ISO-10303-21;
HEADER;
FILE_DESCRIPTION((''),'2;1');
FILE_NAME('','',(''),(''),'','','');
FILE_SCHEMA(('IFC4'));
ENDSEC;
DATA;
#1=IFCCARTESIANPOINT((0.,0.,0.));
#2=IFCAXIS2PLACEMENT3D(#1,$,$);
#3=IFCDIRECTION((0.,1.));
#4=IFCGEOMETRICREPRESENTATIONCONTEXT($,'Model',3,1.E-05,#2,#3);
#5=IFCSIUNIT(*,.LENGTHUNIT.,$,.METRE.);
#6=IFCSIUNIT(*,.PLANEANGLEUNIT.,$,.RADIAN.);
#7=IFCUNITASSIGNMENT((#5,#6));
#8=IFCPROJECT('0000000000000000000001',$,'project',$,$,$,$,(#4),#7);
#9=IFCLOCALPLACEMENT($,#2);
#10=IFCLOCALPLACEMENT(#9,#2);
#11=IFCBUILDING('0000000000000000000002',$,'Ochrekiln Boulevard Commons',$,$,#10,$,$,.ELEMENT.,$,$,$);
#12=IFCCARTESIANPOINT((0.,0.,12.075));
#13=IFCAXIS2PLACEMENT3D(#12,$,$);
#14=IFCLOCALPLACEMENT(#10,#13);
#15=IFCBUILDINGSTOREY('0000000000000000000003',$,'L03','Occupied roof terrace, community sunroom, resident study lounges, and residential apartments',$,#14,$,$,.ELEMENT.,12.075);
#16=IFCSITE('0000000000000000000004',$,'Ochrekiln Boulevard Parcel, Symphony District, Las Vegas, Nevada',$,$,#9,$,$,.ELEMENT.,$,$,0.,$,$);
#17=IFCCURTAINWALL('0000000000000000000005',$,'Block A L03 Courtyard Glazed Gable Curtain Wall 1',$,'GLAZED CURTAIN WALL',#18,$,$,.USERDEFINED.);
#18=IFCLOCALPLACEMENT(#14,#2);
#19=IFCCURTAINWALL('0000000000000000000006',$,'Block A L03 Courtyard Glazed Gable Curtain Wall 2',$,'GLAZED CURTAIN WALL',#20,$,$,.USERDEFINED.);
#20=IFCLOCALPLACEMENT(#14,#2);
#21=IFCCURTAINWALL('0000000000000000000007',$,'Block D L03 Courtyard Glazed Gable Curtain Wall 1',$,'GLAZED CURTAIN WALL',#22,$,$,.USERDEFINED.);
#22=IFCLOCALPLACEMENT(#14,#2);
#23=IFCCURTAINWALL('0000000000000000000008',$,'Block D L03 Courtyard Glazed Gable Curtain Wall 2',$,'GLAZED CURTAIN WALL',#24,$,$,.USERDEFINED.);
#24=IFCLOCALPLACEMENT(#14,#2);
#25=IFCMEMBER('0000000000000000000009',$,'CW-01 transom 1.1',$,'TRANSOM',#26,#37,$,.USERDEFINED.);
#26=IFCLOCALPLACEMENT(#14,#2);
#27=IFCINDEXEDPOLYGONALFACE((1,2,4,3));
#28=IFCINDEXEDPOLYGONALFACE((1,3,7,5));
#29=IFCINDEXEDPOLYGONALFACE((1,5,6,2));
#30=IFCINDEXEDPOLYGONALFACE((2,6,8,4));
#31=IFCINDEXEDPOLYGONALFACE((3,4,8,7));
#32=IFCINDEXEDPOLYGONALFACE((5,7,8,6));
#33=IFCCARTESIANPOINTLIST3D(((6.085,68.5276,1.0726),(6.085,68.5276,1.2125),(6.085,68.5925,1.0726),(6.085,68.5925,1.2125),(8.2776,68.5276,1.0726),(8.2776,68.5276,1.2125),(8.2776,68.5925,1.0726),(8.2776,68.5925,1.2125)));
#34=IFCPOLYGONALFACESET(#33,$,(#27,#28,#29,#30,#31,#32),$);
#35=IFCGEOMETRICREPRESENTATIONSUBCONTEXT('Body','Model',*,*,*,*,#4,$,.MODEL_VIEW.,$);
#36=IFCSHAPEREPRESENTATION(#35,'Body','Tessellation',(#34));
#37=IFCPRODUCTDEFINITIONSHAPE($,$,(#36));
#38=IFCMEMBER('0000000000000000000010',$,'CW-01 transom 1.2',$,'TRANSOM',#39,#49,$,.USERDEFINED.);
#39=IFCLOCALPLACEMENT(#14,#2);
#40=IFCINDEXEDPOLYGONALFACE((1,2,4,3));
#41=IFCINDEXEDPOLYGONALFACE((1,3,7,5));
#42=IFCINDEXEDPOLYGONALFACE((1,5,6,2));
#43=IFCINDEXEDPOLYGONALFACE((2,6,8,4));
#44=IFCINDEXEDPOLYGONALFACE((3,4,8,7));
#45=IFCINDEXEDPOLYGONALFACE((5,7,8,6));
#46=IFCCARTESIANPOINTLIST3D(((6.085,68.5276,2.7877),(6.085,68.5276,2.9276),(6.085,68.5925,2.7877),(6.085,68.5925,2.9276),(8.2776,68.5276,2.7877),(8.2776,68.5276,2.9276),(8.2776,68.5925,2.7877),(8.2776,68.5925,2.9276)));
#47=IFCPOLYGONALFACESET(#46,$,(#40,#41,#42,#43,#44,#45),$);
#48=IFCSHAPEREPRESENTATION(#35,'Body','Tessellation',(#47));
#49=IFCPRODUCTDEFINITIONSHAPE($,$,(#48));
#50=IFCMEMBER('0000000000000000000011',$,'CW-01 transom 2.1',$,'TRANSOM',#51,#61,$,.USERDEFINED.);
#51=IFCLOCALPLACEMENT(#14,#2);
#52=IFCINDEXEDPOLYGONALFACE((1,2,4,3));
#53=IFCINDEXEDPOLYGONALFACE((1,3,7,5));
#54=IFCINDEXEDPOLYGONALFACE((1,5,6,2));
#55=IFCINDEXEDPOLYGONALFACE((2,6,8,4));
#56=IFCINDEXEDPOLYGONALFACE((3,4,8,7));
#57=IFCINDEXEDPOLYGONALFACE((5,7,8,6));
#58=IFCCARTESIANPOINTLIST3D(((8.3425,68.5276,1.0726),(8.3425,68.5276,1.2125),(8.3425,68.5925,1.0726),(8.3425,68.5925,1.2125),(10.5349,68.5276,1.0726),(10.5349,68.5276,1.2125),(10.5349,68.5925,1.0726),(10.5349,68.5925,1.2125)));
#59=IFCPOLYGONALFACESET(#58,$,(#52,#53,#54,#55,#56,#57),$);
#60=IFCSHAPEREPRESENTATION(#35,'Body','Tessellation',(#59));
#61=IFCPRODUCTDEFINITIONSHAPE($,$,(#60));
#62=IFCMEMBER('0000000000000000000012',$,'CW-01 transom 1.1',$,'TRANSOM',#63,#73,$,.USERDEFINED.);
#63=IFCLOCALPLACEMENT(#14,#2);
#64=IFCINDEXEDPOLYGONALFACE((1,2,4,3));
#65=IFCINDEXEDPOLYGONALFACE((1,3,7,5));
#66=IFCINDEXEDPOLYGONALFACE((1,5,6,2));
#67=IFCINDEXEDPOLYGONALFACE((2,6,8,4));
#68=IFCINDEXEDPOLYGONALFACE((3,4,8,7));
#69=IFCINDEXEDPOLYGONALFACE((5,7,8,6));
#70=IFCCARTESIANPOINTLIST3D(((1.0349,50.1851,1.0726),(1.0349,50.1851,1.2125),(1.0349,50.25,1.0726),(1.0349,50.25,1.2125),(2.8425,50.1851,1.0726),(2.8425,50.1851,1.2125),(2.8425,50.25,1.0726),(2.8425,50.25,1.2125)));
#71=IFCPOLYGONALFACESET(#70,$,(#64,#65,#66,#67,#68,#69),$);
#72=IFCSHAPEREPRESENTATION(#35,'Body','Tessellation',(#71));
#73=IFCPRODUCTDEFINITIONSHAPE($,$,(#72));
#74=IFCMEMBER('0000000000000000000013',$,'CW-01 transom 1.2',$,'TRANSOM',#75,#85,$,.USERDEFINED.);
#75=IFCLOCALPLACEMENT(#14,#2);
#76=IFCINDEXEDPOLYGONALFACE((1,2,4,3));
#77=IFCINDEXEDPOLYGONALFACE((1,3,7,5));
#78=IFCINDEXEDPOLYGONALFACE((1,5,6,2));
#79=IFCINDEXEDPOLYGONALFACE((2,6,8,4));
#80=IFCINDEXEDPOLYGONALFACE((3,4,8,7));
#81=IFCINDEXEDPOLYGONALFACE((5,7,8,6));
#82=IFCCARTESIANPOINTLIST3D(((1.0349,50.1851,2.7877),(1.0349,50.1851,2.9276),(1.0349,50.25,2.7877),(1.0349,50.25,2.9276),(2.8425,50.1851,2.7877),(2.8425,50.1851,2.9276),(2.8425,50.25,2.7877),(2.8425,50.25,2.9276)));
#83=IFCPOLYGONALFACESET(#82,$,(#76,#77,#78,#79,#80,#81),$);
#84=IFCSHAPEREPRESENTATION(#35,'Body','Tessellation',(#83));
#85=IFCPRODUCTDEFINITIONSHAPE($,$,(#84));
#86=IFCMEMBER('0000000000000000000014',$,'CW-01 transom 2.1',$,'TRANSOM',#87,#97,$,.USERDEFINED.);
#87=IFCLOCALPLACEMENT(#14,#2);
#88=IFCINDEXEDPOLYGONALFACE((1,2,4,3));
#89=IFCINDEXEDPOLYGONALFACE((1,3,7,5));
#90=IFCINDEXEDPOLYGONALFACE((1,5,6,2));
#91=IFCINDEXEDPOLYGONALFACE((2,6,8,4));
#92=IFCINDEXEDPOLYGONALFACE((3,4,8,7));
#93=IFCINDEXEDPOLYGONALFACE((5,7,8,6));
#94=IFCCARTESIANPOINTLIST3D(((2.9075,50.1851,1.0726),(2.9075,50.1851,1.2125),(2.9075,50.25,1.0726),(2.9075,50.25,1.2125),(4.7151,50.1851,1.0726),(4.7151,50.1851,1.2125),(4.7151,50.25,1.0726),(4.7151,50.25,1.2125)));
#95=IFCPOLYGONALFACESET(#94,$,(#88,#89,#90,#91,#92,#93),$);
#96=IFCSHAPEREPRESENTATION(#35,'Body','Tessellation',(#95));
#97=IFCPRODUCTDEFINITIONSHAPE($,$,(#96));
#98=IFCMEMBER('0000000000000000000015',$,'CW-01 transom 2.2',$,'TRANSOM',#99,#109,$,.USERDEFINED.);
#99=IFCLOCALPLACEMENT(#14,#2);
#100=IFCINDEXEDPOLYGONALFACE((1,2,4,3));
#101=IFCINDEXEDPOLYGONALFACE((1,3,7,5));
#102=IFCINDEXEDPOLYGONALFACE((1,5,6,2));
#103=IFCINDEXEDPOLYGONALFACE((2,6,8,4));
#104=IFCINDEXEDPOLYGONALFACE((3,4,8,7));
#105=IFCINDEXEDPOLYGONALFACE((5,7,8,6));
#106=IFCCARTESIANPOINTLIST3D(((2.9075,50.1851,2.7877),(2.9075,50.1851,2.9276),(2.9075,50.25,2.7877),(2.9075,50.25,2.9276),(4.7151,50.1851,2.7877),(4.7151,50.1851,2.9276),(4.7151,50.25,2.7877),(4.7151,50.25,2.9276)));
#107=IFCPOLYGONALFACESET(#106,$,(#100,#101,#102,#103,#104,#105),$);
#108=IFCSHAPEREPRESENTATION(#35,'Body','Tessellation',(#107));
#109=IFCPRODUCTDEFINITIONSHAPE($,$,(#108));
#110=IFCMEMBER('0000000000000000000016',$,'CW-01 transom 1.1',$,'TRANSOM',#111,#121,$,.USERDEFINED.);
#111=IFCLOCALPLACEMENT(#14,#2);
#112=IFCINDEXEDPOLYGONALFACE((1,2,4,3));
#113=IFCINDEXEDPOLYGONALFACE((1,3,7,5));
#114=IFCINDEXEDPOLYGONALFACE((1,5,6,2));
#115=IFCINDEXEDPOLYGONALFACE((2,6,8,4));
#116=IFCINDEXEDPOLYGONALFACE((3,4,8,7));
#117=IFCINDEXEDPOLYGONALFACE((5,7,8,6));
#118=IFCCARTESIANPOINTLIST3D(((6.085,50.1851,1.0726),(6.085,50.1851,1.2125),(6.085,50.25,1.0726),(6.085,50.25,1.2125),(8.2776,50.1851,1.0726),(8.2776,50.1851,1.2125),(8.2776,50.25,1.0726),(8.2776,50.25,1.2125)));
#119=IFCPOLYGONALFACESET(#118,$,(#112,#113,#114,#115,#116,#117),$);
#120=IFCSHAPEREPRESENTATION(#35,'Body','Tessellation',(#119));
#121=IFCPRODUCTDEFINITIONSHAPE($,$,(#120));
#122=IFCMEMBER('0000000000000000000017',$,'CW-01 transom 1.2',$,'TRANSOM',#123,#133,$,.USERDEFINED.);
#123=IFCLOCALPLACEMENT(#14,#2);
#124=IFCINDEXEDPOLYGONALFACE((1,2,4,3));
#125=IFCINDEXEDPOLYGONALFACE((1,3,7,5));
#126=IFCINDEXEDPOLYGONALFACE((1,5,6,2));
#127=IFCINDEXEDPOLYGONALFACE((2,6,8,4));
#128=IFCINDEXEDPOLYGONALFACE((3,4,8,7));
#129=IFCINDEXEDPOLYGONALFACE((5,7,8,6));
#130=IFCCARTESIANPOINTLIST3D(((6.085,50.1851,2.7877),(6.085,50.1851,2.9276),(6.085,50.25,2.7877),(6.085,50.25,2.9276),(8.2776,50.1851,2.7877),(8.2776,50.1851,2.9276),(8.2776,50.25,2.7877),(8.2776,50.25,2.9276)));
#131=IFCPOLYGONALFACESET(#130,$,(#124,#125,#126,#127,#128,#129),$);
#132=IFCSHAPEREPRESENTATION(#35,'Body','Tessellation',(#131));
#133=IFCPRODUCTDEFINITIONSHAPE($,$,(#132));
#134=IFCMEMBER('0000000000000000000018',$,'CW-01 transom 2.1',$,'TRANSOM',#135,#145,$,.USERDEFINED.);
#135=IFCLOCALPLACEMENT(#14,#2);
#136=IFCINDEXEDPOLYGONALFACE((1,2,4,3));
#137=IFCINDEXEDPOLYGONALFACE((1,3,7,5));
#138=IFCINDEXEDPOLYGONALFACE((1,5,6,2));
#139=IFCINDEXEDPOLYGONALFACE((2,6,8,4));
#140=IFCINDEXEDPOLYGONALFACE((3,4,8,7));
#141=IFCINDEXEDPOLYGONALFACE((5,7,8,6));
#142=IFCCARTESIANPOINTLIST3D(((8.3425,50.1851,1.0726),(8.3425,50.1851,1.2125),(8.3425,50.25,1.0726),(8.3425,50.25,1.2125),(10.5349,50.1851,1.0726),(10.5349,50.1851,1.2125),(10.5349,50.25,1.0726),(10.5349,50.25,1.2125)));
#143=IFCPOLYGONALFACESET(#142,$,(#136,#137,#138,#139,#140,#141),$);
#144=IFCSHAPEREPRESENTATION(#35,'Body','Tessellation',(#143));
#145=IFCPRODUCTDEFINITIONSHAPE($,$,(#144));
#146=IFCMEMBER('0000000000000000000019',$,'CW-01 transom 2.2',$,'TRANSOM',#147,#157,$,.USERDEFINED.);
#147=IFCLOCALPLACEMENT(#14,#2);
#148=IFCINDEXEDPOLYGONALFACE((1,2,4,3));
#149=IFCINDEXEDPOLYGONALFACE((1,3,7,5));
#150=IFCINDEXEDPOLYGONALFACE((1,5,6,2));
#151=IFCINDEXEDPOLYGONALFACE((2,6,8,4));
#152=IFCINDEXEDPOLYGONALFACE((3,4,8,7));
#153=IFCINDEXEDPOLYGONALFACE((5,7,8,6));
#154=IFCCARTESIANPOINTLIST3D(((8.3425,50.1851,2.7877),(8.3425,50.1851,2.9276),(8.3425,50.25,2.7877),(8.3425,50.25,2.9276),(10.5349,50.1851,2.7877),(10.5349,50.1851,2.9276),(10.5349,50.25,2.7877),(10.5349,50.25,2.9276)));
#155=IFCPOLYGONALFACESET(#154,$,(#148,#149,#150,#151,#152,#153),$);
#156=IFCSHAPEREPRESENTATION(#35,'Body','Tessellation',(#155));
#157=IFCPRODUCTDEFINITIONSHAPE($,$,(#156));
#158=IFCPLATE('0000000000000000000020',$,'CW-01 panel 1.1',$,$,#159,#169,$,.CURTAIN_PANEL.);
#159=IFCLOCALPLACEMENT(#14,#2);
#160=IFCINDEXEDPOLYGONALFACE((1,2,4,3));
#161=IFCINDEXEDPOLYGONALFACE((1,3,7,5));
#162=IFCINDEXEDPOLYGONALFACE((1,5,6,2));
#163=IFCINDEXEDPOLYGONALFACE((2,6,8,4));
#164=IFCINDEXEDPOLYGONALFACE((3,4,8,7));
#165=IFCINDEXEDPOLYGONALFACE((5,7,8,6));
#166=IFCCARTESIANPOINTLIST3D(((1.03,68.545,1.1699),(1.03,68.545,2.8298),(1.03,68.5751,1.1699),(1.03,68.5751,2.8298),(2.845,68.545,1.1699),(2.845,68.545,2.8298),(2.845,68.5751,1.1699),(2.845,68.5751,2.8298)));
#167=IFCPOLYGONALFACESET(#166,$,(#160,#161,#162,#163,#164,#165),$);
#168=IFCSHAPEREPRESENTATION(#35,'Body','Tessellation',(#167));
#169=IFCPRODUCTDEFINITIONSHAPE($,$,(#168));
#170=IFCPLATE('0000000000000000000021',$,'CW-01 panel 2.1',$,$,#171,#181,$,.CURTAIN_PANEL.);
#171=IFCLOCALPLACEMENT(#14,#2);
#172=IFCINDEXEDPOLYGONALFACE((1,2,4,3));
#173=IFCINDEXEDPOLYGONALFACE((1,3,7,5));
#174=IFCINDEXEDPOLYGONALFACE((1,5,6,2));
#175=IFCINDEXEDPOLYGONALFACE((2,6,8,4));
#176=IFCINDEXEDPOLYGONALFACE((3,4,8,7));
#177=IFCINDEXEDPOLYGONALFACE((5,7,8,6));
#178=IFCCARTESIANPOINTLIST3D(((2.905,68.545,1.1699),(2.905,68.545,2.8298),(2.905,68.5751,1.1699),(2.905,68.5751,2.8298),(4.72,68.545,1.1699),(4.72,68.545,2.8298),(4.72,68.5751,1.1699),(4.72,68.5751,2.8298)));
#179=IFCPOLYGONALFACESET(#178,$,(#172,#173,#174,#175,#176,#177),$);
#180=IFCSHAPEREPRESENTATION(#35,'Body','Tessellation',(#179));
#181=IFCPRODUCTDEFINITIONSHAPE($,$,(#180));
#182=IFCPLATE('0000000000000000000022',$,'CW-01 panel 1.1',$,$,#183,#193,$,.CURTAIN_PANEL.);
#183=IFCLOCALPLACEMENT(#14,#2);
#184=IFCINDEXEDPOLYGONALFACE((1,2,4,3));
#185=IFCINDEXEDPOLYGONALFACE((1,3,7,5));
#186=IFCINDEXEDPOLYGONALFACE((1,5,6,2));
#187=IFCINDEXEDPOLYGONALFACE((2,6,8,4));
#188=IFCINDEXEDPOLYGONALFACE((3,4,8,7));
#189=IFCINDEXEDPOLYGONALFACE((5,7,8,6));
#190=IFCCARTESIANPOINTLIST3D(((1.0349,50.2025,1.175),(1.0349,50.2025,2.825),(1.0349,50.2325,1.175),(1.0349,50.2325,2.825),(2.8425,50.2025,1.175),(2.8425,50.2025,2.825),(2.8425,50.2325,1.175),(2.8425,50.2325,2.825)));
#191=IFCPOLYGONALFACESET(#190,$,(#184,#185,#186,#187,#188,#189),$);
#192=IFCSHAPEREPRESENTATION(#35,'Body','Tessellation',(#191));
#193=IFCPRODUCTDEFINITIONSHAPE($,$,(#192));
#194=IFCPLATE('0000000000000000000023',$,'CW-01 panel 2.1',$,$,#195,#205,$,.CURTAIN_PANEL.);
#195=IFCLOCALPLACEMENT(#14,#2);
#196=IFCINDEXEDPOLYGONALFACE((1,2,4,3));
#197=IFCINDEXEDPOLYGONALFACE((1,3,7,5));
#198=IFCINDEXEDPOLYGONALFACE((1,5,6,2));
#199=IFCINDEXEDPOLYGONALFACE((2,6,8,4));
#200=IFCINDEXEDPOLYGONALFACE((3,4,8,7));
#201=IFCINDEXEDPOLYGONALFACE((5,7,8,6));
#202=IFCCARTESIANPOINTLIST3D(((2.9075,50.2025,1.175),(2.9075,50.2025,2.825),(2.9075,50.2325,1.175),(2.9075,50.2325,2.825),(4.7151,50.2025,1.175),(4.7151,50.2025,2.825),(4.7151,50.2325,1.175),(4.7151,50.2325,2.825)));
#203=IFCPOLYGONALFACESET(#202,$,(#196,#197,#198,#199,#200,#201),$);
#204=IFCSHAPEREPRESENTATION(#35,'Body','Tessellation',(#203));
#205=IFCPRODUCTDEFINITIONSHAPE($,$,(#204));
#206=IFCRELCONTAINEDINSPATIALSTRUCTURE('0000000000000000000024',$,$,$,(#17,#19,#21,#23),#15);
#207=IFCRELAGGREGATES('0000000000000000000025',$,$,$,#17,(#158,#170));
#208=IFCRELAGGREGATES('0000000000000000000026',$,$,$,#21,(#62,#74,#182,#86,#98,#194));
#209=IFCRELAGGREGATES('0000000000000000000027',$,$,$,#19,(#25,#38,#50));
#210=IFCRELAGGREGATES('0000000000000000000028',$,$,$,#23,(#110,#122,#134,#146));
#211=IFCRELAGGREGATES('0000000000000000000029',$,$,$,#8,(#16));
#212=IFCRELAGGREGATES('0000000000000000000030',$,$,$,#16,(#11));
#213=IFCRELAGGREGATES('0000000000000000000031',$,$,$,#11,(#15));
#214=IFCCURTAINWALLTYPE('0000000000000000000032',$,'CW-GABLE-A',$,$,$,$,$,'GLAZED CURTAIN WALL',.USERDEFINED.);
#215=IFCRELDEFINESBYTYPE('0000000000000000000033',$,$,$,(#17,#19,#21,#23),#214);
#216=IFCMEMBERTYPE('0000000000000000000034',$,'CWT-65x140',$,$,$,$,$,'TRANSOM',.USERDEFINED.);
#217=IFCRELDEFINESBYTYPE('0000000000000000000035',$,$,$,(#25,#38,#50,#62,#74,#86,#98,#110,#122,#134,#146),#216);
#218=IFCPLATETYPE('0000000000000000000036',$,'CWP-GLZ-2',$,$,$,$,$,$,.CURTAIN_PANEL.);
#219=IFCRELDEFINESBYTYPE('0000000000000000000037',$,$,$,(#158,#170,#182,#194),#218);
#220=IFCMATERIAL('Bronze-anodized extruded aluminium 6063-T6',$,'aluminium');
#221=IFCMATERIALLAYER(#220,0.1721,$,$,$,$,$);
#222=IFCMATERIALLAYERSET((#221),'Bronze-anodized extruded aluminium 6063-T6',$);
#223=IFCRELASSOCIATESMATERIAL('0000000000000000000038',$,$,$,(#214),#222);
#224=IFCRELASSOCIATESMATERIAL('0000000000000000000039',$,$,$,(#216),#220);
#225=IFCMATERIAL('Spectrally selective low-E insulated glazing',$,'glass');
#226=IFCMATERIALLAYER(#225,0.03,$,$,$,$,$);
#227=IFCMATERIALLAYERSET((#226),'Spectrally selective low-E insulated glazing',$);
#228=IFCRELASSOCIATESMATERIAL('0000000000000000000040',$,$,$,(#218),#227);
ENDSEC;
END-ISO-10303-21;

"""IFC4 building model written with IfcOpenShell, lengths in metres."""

from ifc_helpers import new_model, si_unit, direction, frame, origin, origin_2d, place, context, subcontext, project, spatial, rectangle, extrude, material, layer, layer_set, material_profile, profile_set, type_object, element, aggregate, save


model = new_model("IFC4")

# Units and contexts
model_context = context("Model", 3, precision=1e-05, world=origin(), true_north=direction((0.0, 1.0)))
body_context = subcontext(model_context, "Body", "Model", "MODEL_VIEW")
ifc_project = project(units=[si_unit("LENGTHUNIT", "METRE"), si_unit("PLANEANGLEUNIT", "RADIAN")], contexts=[model_context])

# Site, building, storey
site_placement = place(None, origin())
site = spatial("IfcSite", under=ifc_project, at=site_placement, Name="Ochrekiln Boulevard Parcel, Symphony District, Las Vegas, Nevada", CompositionType="ELEMENT", RefElevation=0.0)
building_placement = place(site_placement, origin())
building = spatial("IfcBuilding", under=site, at=building_placement, Name="Ochrekiln Boulevard Commons", CompositionType="ELEMENT")
storey_placement = place(building_placement, frame((0.0, 0.0, 12.075)))
storey = spatial("IfcBuildingStorey", under=building, at=storey_placement, Name="L03", Description="Occupied roof terrace, community sunroom, resident study lounges, and residential apartments", CompositionType="ELEMENT", Elevation=12.075)

# Curtain walls
ifc_material_1 = material(Name="Bronze-anodized extruded aluminium 6063-T6", Category="aluminium")
ifc_layer_1 = layer(ifc_material_1, 0.1721)
ifc_layer_set_1 = layer_set([ifc_layer_1], Name="Bronze-anodized extruded aluminium 6063-T6")
curtain_wall_type = type_object("IfcCurtainWallType", Name="CW-GABLE-A", ElementType="GLAZED CURTAIN WALL", PredefinedType="USERDEFINED", material=ifc_layer_set_1)
curtain_wall_1_placement = place(storey_placement, origin())
curtain_wall_1 = element("IfcCurtainWall", 1, at=curtain_wall_1_placement, inside=storey, type_object=curtain_wall_type, Name="Block A L03 Courtyard Glazed Gable Curtain Wall 1", ObjectType="GLAZED CURTAIN WALL", PredefinedType="USERDEFINED")
curtain_wall_2_placement = place(storey_placement, origin())
curtain_wall_2 = element("IfcCurtainWall", 2, at=curtain_wall_2_placement, inside=storey, type_object=curtain_wall_type, Name="Block A L03 Courtyard Glazed Gable Curtain Wall 2", ObjectType="GLAZED CURTAIN WALL", PredefinedType="USERDEFINED")
curtain_wall_3_placement = place(storey_placement, origin())
curtain_wall_3 = element("IfcCurtainWall", 3, at=curtain_wall_3_placement, inside=storey, type_object=curtain_wall_type, Name="Block D L03 Courtyard Glazed Gable Curtain Wall 1", ObjectType="GLAZED CURTAIN WALL", PredefinedType="USERDEFINED")
curtain_wall_4_placement = place(storey_placement, origin())
curtain_wall_4 = element("IfcCurtainWall", 4, at=curtain_wall_4_placement, inside=storey, type_object=curtain_wall_type, Name="Block D L03 Courtyard Glazed Gable Curtain Wall 2", ObjectType="GLAZED CURTAIN WALL", PredefinedType="USERDEFINED")

# Members
ifc_material_profile_1 = material_profile(ifc_material_1, rectangle(XDim=0.0649, YDim=0.1399, at=origin_2d()), Name="ALU-TRN-65x140")
ifc_profile_set_1 = profile_set([ifc_material_profile_1], Name="Bronze-anodized extruded aluminium 6063-T6")
member_type_1 = type_object("IfcMemberType", Name="CWT-65x140", ElementType="TRANSOM", PredefinedType="USERDEFINED", material=ifc_profile_set_1)
member_1_placement = place(storey_placement, frame((6.085, 68.5601, 1.1426), z_axis=(1.0, 0.0, 0.0), x_axis=(0.0, 1.0, 0.0)))
member_1 = element("IfcMember", 5, at=member_1_placement, type_object=member_type_1, Name="CW-01 transom 1.1", ObjectType="TRANSOM", PredefinedType="USERDEFINED", context=body_context, shape_type="SweptSolid", body=[
    extrude(rectangle(XDim=0.0649, YDim=0.1399, at=origin_2d()), origin(), (0.0, 0.0, 1.0), 2.1926),
])
member_2_placement = place(storey_placement, frame((6.085, 68.5601, 2.8577), z_axis=(1.0, 0.0, 0.0), x_axis=(0.0, 1.0, 0.0)))
member_2 = element("IfcMember", 6, at=member_2_placement, type_object=member_type_1, Name="CW-01 transom 1.2", ObjectType="TRANSOM", PredefinedType="USERDEFINED", context=body_context, shape_type="SweptSolid", body=[
    extrude(rectangle(XDim=0.0649, YDim=0.1399, at=origin_2d()), origin(), (0.0, 0.0, 1.0), 2.1926),
])
member_3_placement = place(storey_placement, frame((8.3425, 68.5601, 1.1426), z_axis=(1.0, 0.0, 0.0), x_axis=(0.0, 1.0, 0.0)))
member_3 = element("IfcMember", 7, at=member_3_placement, type_object=member_type_1, Name="CW-01 transom 2.1", ObjectType="TRANSOM", PredefinedType="USERDEFINED", context=body_context, shape_type="SweptSolid", body=[
    extrude(rectangle(XDim=0.0649, YDim=0.1399, at=origin_2d()), origin(), (0.0, 0.0, 1.0), 2.1924),
])
member_4_placement = place(storey_placement, frame((1.0349, 50.2175, 1.1426), z_axis=(1.0, 0.0, 0.0), x_axis=(0.0, 1.0, 0.0)))
member_4 = element("IfcMember", 8, at=member_4_placement, type_object=member_type_1, Name="CW-01 transom 1.1", ObjectType="TRANSOM", PredefinedType="USERDEFINED", context=body_context, shape_type="SweptSolid", body=[
    extrude(rectangle(XDim=0.0649, YDim=0.1399, at=origin_2d()), origin(), (0.0, 0.0, 1.0), 1.8076),
])
member_5_placement = place(storey_placement, frame((1.0349, 50.2175, 2.8577), z_axis=(1.0, 0.0, 0.0), x_axis=(0.0, 1.0, 0.0)))
member_5 = element("IfcMember", 9, at=member_5_placement, type_object=member_type_1, Name="CW-01 transom 1.2", ObjectType="TRANSOM", PredefinedType="USERDEFINED", context=body_context, shape_type="SweptSolid", body=[
    extrude(rectangle(XDim=0.0649, YDim=0.1399, at=origin_2d()), origin(), (0.0, 0.0, 1.0), 1.8076),
])
member_6_placement = place(storey_placement, frame((2.9075, 50.2175, 1.1426), z_axis=(1.0, 0.0, 0.0), x_axis=(0.0, 1.0, 0.0)))
member_6 = element("IfcMember", 10, at=member_6_placement, type_object=member_type_1, Name="CW-01 transom 2.1", ObjectType="TRANSOM", PredefinedType="USERDEFINED", context=body_context, shape_type="SweptSolid", body=[
    extrude(rectangle(XDim=0.0649, YDim=0.1399, at=origin_2d()), origin(), (0.0, 0.0, 1.0), 1.8076),
])
member_7_placement = place(storey_placement, frame((2.9075, 50.2175, 2.8577), z_axis=(1.0, 0.0, 0.0), x_axis=(0.0, 1.0, 0.0)))
member_7 = element("IfcMember", 11, at=member_7_placement, type_object=member_type_1, Name="CW-01 transom 2.2", ObjectType="TRANSOM", PredefinedType="USERDEFINED", context=body_context, shape_type="SweptSolid", body=[
    extrude(rectangle(XDim=0.0649, YDim=0.1399, at=origin_2d()), origin(), (0.0, 0.0, 1.0), 1.8076),
])
member_8_placement = place(storey_placement, frame((6.085, 50.2175, 1.1426), z_axis=(1.0, 0.0, 0.0), x_axis=(0.0, 1.0, 0.0)))
member_8 = element("IfcMember", 12, at=member_8_placement, type_object=member_type_1, Name="CW-01 transom 1.1", ObjectType="TRANSOM", PredefinedType="USERDEFINED", context=body_context, shape_type="SweptSolid", body=[
    extrude(rectangle(XDim=0.0649, YDim=0.1399, at=origin_2d()), origin(), (0.0, 0.0, 1.0), 2.1926),
])
member_9_placement = place(storey_placement, frame((6.085, 50.2175, 2.8577), z_axis=(1.0, 0.0, 0.0), x_axis=(0.0, 1.0, 0.0)))
member_9 = element("IfcMember", 13, at=member_9_placement, type_object=member_type_1, Name="CW-01 transom 1.2", ObjectType="TRANSOM", PredefinedType="USERDEFINED", context=body_context, shape_type="SweptSolid", body=[
    extrude(rectangle(XDim=0.0649, YDim=0.1399, at=origin_2d()), origin(), (0.0, 0.0, 1.0), 2.1926),
])
member_10_placement = place(storey_placement, frame((8.3425, 50.2175, 1.1426), z_axis=(1.0, 0.0, 0.0), x_axis=(0.0, 1.0, 0.0)))
member_10 = element("IfcMember", 14, at=member_10_placement, type_object=member_type_1, Name="CW-01 transom 2.1", ObjectType="TRANSOM", PredefinedType="USERDEFINED", context=body_context, shape_type="SweptSolid", body=[
    extrude(rectangle(XDim=0.0649, YDim=0.1399, at=origin_2d()), origin(), (0.0, 0.0, 1.0), 2.1924),
])
member_11_placement = place(storey_placement, frame((8.3425, 50.2175, 2.8577), z_axis=(1.0, 0.0, 0.0), x_axis=(0.0, 1.0, 0.0)))
member_11 = element("IfcMember", 15, at=member_11_placement, type_object=member_type_1, Name="CW-01 transom 2.2", ObjectType="TRANSOM", PredefinedType="USERDEFINED", context=body_context, shape_type="SweptSolid", body=[
    extrude(rectangle(XDim=0.0649, YDim=0.1399, at=origin_2d()), origin(), (0.0, 0.0, 1.0), 2.1924),
])

# Plates
ifc_material_2 = material(Name="Spectrally selective low-E insulated glazing", Category="glass")
ifc_layer_2 = layer(ifc_material_2, 0.03)
ifc_layer_set_2 = layer_set([ifc_layer_2], Name="Spectrally selective low-E insulated glazing")
plate_type_1 = type_object("IfcPlateType", Name="CWP-GLZ-2", PredefinedType="CURTAIN_PANEL", material=ifc_layer_set_2)
plate_1_placement = place(storey_placement, frame((1.9375, 68.5601, 1.1699), z_axis=(0.0, 0.0, 1.0), x_axis=(1.0, 0.0, 0.0)))
plate_1 = element("IfcPlate", 16, at=plate_1_placement, type_object=plate_type_1, Name="CW-01 panel 1.1", PredefinedType="CURTAIN_PANEL", context=body_context, shape_type="SweptSolid", body=[
    extrude(rectangle(XDim=1.8149, YDim=0.03, at=origin_2d()), origin(), (0.0, 0.0, 1.0), 1.6599),
])
plate_2_placement = place(storey_placement, frame((3.8125, 68.5601, 1.1699), z_axis=(0.0, 0.0, 1.0), x_axis=(1.0, 0.0, 0.0)))
plate_2 = element("IfcPlate", 17, at=plate_2_placement, type_object=plate_type_1, Name="CW-01 panel 2.1", PredefinedType="CURTAIN_PANEL", context=body_context, shape_type="SweptSolid", body=[
    extrude(rectangle(XDim=1.8149, YDim=0.03, at=origin_2d()), origin(), (0.0, 0.0, 1.0), 1.6599),
])
aggregate(curtain_wall_1, [plate_1, plate_2])
plate_3_placement = place(storey_placement, frame((1.9387, 50.2175, 1.175), z_axis=(0.0, 0.0, 1.0), x_axis=(1.0, 0.0, 0.0)))
plate_3 = element("IfcPlate", 18, at=plate_3_placement, type_object=plate_type_1, Name="CW-01 panel 1.1", PredefinedType="CURTAIN_PANEL", context=body_context, shape_type="SweptSolid", body=[
    extrude(rectangle(XDim=1.8076, YDim=0.03, at=origin_2d()), origin(), (0.0, 0.0, 1.0), 1.6499),
])
plate_4_placement = place(storey_placement, frame((3.8113, 50.2175, 1.175), z_axis=(0.0, 0.0, 1.0), x_axis=(1.0, 0.0, 0.0)))
plate_4 = element("IfcPlate", 19, at=plate_4_placement, type_object=plate_type_1, Name="CW-01 panel 2.1", PredefinedType="CURTAIN_PANEL", context=body_context, shape_type="SweptSolid", body=[
    extrude(rectangle(XDim=1.8076, YDim=0.03, at=origin_2d()), origin(), (0.0, 0.0, 1.0), 1.6499),
])
aggregate(curtain_wall_3, [member_4, member_5, plate_3, member_6, member_7, plate_4])
aggregate(curtain_wall_2, [member_1, member_2, member_3])
aggregate(curtain_wall_4, [member_8, member_9, member_10, member_11])

save(model, "model.ifc")
